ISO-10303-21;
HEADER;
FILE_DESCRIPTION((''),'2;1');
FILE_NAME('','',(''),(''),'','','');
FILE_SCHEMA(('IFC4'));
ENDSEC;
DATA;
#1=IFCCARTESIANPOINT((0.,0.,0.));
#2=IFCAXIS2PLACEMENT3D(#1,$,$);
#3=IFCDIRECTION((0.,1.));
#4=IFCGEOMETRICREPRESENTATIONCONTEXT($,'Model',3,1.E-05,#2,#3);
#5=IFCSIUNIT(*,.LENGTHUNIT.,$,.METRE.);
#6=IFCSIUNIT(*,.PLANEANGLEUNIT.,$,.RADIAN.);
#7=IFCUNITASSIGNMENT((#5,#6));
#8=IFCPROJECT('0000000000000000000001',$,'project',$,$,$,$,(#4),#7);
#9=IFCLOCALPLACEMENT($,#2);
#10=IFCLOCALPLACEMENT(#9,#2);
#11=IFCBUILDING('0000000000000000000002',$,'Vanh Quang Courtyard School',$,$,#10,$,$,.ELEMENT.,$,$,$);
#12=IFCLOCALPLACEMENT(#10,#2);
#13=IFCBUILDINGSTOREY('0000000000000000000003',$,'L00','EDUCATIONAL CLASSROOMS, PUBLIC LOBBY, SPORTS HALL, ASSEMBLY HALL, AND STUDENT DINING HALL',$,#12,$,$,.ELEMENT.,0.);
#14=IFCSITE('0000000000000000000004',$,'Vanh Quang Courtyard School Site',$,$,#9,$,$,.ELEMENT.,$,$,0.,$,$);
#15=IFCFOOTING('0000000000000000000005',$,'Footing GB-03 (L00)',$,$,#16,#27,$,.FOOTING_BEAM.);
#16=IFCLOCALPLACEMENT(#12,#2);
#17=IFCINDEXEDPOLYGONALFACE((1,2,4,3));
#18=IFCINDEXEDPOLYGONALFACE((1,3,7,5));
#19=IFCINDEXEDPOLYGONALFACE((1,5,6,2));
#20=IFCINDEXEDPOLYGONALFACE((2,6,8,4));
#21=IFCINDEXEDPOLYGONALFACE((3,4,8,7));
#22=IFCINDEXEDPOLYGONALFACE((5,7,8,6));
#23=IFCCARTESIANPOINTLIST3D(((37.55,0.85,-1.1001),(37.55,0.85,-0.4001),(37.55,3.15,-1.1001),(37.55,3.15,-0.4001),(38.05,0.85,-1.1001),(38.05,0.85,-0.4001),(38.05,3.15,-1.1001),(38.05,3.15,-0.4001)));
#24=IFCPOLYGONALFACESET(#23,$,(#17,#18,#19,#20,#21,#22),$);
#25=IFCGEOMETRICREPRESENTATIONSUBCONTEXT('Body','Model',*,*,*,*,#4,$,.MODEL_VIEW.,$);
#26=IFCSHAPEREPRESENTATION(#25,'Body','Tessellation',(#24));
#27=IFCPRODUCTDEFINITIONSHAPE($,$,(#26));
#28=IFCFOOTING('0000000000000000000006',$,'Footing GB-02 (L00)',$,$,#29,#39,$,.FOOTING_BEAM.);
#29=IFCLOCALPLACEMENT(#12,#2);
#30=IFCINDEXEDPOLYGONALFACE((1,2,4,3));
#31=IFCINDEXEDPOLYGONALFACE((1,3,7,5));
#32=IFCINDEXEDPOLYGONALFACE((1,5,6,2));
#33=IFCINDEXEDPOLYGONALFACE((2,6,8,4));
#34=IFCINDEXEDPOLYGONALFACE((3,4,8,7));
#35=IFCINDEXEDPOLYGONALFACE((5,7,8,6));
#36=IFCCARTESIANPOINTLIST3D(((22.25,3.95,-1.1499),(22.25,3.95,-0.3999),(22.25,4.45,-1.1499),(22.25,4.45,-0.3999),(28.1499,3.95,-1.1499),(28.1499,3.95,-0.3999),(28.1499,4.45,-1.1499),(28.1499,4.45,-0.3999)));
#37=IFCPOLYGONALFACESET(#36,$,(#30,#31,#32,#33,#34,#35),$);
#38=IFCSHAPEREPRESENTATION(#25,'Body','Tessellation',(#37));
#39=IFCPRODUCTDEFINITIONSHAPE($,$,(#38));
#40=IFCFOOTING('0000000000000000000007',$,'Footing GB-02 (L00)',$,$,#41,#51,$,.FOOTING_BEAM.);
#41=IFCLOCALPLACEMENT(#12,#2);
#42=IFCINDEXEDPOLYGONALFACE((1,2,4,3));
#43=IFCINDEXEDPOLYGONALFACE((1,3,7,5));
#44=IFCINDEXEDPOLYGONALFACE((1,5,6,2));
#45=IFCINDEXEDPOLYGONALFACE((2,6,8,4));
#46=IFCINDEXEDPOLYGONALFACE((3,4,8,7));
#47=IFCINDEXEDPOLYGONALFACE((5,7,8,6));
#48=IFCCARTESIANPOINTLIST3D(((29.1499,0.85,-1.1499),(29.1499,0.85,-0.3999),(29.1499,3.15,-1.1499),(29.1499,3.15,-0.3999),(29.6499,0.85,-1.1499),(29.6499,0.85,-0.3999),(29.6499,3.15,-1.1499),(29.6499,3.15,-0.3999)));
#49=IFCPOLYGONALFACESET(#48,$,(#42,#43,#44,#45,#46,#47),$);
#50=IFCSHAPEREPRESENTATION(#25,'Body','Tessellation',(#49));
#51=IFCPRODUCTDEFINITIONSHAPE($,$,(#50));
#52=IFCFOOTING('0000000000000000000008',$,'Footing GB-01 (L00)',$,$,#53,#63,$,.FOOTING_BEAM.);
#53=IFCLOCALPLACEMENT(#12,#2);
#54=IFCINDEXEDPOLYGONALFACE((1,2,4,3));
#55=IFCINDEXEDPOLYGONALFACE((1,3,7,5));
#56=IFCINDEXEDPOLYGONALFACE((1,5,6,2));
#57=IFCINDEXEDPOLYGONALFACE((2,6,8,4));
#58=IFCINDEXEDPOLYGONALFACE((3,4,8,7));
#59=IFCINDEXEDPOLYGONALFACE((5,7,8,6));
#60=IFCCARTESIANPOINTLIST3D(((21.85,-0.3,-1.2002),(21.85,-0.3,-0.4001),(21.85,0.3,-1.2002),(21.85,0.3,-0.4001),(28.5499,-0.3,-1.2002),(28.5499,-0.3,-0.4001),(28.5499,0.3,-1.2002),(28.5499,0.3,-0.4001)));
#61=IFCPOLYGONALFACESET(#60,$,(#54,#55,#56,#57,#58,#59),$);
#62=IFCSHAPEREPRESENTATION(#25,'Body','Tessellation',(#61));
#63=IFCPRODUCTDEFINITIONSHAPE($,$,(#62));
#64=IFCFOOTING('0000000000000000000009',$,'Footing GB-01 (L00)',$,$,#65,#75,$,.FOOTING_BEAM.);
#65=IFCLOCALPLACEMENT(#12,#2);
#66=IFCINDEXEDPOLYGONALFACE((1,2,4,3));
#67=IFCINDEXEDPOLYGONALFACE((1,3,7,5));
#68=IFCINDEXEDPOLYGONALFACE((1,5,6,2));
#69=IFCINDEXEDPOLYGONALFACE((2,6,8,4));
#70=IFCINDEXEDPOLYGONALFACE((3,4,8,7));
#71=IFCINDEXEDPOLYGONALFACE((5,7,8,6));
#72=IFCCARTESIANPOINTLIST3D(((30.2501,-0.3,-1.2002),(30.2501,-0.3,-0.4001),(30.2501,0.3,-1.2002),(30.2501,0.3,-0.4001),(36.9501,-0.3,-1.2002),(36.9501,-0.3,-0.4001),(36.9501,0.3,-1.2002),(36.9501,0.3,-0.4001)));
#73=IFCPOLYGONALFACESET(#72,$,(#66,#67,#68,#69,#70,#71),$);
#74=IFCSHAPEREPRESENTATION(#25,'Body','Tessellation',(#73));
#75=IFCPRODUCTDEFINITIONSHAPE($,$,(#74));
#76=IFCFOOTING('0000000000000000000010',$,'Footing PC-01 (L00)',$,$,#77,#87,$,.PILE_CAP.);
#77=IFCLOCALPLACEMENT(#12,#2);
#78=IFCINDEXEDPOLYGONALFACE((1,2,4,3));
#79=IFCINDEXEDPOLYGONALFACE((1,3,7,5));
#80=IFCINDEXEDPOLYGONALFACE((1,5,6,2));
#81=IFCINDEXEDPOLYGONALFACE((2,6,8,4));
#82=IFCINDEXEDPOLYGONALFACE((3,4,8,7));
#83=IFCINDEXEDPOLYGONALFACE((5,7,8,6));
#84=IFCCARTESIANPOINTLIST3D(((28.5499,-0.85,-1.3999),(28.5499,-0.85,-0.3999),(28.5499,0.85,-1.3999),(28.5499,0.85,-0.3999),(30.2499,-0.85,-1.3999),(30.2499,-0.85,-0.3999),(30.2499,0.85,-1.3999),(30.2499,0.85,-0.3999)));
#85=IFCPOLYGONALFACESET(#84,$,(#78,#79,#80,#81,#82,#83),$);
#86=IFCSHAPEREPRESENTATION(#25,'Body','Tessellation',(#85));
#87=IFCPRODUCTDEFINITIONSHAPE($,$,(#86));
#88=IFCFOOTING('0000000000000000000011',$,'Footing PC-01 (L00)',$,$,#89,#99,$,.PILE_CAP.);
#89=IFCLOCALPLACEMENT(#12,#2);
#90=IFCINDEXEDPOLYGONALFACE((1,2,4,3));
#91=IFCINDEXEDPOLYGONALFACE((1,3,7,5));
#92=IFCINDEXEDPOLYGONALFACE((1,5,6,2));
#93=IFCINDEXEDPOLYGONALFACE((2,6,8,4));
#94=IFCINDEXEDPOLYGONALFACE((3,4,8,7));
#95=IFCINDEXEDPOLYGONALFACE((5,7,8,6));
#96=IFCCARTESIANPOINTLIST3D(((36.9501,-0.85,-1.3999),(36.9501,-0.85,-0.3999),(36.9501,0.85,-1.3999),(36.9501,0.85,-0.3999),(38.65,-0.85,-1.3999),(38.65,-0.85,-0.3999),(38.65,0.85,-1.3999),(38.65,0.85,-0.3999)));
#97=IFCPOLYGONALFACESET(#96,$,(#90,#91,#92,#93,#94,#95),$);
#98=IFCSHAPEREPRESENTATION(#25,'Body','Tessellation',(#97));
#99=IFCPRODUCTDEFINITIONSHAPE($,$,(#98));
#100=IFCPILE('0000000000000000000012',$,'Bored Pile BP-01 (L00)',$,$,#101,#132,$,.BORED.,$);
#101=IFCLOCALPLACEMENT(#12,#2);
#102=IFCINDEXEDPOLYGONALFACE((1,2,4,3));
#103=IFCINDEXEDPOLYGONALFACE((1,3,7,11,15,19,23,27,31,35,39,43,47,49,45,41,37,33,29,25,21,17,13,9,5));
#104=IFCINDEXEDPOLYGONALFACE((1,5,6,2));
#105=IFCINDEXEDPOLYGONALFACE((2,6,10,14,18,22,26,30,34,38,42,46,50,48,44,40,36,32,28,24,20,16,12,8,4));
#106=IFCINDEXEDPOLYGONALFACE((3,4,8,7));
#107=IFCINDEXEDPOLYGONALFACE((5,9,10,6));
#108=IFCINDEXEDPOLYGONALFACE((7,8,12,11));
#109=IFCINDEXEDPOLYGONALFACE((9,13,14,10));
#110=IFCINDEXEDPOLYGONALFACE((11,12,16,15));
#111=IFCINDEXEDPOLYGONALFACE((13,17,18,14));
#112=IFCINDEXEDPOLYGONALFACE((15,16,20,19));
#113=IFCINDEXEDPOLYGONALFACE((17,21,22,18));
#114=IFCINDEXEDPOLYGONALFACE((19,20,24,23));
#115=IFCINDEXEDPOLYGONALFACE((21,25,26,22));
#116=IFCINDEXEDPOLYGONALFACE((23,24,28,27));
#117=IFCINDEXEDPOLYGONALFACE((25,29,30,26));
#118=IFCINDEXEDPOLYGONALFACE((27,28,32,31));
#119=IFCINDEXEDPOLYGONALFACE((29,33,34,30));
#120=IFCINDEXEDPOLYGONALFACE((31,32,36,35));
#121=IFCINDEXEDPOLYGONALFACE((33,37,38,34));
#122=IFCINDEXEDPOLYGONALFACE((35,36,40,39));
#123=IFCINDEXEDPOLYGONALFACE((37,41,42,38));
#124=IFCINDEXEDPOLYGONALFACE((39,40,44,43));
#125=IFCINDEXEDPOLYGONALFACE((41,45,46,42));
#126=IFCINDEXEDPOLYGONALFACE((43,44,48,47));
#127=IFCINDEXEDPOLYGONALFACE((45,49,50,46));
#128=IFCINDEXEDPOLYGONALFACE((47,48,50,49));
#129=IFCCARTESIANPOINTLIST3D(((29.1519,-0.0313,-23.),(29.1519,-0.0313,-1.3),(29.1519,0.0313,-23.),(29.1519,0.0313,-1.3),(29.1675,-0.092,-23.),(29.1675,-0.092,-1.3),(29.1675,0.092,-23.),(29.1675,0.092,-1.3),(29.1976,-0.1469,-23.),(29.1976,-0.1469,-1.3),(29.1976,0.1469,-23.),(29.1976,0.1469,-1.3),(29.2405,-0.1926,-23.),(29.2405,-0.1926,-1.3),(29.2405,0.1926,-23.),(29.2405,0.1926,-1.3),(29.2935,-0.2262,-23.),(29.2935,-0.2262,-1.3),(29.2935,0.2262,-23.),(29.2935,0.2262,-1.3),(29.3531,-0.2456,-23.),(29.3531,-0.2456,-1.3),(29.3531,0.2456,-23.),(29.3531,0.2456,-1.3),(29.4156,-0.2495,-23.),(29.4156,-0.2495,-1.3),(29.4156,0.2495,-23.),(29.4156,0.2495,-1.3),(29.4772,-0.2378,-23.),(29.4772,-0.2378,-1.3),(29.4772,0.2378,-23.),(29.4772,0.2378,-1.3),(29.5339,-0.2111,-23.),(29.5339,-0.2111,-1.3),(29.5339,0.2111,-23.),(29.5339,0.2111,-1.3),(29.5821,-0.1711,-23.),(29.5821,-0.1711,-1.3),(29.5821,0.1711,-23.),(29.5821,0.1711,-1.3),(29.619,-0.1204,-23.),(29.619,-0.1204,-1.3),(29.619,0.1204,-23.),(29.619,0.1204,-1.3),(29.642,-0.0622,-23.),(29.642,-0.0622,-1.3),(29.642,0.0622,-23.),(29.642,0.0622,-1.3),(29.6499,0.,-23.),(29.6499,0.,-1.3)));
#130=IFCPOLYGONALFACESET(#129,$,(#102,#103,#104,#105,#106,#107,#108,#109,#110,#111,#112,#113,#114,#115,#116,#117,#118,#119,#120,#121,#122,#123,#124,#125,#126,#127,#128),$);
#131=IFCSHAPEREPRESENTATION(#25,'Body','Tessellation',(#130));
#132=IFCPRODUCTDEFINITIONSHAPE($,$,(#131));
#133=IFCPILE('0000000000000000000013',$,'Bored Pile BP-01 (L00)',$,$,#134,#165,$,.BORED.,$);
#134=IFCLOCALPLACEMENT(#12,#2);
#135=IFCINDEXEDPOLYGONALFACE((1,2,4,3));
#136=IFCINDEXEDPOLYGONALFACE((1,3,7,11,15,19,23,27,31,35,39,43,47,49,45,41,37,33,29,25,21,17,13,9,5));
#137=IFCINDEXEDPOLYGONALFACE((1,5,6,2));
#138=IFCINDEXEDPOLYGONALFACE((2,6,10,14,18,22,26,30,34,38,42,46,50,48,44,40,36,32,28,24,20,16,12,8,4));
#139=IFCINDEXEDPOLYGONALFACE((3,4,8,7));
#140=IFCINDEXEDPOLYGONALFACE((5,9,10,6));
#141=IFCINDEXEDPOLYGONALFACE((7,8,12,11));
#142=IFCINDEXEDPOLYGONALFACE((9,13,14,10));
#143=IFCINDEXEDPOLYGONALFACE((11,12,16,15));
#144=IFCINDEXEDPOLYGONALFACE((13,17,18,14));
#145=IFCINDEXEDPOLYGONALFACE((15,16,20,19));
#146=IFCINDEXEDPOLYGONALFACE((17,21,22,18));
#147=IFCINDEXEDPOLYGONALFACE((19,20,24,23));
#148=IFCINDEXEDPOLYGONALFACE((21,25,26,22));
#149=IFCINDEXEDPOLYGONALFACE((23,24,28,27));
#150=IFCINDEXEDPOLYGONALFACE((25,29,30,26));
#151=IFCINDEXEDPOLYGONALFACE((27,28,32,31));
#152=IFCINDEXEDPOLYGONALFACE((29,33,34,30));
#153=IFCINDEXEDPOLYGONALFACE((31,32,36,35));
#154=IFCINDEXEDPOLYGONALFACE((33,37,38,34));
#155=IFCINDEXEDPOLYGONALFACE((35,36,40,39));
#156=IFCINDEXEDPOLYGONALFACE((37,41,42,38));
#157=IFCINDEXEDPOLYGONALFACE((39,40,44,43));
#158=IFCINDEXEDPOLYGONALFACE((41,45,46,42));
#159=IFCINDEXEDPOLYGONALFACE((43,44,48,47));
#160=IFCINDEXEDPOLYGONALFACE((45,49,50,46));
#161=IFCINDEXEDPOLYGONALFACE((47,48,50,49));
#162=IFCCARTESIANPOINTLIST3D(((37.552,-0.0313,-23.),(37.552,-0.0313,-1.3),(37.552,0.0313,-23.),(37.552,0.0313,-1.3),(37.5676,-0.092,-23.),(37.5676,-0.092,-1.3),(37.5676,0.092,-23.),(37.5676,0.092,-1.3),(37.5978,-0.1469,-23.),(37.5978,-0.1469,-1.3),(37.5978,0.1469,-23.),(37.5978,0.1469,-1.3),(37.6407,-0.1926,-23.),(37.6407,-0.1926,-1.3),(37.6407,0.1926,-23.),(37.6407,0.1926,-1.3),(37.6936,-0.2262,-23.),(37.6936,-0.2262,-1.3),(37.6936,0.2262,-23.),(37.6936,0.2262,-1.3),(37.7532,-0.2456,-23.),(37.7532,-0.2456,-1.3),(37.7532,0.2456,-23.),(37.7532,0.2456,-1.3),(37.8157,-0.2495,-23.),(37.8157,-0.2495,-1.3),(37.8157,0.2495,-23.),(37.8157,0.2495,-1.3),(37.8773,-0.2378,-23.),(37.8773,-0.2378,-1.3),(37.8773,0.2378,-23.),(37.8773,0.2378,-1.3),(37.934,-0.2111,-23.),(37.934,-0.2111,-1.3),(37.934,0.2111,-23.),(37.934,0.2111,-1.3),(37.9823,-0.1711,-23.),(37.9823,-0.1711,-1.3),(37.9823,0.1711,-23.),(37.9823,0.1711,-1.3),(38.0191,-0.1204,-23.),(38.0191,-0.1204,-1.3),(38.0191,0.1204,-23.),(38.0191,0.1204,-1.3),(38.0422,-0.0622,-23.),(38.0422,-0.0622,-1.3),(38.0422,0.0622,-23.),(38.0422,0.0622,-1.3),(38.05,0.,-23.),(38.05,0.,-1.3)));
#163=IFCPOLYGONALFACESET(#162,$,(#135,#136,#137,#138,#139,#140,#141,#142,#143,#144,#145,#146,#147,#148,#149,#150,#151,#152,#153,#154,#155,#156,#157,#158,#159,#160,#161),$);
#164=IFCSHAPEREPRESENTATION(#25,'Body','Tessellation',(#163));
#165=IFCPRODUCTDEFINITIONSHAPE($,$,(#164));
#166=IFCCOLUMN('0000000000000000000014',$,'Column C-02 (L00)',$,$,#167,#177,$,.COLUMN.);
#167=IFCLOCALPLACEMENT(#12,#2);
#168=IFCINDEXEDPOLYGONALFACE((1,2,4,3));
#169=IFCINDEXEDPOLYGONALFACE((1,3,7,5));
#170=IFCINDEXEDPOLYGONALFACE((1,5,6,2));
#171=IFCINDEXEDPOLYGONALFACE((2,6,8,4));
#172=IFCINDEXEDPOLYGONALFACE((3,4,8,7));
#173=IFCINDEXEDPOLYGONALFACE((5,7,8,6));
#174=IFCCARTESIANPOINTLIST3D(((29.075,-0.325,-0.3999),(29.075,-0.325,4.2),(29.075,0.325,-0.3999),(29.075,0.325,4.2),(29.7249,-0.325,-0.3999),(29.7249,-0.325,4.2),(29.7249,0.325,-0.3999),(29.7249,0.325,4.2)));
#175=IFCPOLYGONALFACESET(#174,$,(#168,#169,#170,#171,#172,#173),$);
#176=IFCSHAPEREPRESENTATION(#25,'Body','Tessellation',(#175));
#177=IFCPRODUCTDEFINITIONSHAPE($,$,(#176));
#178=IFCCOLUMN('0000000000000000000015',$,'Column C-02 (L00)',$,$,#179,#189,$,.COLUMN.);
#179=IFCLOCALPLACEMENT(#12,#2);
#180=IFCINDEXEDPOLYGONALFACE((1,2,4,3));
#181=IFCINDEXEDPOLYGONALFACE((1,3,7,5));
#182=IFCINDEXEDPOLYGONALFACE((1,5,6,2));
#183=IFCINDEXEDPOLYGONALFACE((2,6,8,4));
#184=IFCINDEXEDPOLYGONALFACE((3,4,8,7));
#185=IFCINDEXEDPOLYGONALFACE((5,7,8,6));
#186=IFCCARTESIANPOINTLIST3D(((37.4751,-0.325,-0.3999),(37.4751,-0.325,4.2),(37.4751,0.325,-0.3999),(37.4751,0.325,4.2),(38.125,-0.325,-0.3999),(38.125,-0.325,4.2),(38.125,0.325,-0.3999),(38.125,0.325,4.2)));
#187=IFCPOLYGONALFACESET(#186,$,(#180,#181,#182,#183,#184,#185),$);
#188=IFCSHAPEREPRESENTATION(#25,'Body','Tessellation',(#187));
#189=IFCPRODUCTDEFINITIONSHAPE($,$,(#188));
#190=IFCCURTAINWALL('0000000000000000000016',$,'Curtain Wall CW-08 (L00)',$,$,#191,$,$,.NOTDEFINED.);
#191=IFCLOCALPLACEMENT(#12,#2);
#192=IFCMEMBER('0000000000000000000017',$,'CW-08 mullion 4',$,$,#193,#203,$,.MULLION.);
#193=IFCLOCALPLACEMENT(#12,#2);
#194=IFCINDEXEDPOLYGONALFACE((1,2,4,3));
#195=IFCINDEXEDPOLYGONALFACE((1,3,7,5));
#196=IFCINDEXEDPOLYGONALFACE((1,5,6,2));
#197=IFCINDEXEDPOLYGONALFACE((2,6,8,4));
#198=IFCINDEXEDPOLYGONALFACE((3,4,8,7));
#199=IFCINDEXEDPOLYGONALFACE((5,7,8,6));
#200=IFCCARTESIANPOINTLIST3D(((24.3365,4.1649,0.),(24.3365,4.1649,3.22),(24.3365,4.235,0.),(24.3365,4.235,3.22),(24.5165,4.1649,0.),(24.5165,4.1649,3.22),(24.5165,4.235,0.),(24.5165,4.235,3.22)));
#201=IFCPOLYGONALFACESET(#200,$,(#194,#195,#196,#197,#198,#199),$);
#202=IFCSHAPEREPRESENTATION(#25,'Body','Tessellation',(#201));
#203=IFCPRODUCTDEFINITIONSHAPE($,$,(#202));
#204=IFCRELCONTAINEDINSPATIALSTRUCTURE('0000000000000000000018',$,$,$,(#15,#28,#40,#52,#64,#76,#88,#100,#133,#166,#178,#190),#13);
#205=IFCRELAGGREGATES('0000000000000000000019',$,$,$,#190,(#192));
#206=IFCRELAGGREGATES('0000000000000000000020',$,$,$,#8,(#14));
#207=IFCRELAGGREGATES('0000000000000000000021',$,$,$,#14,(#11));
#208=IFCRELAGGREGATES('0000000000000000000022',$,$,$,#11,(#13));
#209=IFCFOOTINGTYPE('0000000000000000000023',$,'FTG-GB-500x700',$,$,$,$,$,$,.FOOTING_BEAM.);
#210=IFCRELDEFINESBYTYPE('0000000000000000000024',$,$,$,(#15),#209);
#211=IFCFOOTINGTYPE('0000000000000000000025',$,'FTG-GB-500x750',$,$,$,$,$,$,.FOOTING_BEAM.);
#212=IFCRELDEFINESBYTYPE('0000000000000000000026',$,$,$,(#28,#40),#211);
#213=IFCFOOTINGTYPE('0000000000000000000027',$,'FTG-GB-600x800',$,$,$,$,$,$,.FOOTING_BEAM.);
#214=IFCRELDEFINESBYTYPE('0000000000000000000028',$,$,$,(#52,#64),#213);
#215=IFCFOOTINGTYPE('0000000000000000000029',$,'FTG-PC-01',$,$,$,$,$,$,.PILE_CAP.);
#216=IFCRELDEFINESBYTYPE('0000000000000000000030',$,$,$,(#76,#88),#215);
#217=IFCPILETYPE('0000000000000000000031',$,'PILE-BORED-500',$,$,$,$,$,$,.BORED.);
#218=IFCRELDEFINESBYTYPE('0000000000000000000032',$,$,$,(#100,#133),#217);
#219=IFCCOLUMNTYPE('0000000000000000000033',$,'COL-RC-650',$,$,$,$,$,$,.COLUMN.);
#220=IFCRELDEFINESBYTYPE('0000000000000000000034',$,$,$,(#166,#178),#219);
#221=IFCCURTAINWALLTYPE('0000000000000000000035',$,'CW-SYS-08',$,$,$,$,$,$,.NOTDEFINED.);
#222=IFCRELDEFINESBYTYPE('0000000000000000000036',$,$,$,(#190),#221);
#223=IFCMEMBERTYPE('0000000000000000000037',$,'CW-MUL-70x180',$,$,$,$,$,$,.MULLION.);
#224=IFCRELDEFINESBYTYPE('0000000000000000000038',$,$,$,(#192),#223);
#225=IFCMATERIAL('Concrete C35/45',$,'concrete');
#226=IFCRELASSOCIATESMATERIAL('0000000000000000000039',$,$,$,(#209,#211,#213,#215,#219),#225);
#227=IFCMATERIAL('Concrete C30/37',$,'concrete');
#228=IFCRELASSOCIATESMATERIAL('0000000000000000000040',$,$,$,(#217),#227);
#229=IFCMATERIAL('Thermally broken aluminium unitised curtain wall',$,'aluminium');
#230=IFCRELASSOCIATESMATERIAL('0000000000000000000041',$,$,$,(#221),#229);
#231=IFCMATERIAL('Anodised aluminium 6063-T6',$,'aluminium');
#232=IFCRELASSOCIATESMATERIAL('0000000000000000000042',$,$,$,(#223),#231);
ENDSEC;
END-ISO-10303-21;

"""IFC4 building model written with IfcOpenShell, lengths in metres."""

from ifc_helpers import new_model, si_unit, direction, frame, origin, origin_2d, place, context, subcontext, project, spatial, rectangle, circle, extrude, material, material_profile, profile_set, type_object, element, aggregate, save


model = new_model("IFC4")

# Units and contexts
model_context = context("Model", 3, precision=1e-05, world=origin(), true_north=direction((0.0, 1.0)))
body_context = subcontext(model_context, "Body", "Model", "MODEL_VIEW")
ifc_project = project(units=[si_unit("LENGTHUNIT", "METRE"), si_unit("PLANEANGLEUNIT", "RADIAN")], contexts=[model_context])

# Site, building, storey
site_placement = place(None, origin())
site = spatial("IfcSite", under=ifc_project, at=site_placement, Name="Vanh Quang Courtyard School Site", CompositionType="ELEMENT", RefElevation=0.0)
building_placement = place(site_placement, origin())
building = spatial("IfcBuilding", under=site, at=building_placement, Name="Vanh Quang Courtyard School", CompositionType="ELEMENT")
storey_placement = place(building_placement, origin())
storey = spatial("IfcBuildingStorey", under=building, at=storey_placement, Name="L00", Description="EDUCATIONAL CLASSROOMS, PUBLIC LOBBY, SPORTS HALL, ASSEMBLY HALL, AND STUDENT DINING HALL", CompositionType="ELEMENT", Elevation=0.0)

# Footings
ifc_material_1 = material(Name="Concrete C35/45", Category="concrete")
footing_type_1 = type_object("IfcFootingType", Name="FTG-GB-500x700", PredefinedType="FOOTING_BEAM", material=ifc_material_1)
footing_1_placement = place(storey_placement, frame((37.8, 2.0, -1.1001), z_axis=(0.0, 0.0, 1.0), x_axis=(0.0, 1.0, 0.0)))
element("IfcFooting", 1, at=footing_1_placement, inside=storey, type_object=footing_type_1, Name="Footing GB-03 (L00)", PredefinedType="FOOTING_BEAM", context=body_context, shape_type="SweptSolid", body=[
    extrude(rectangle(XDim=2.3, YDim=0.5, at=origin_2d()), origin(), (0.0, 0.0, 1.0), 0.7),
])
footing_type_2 = type_object("IfcFootingType", Name="FTG-GB-500x750", PredefinedType="FOOTING_BEAM", material=ifc_material_1)
footing_2_placement = place(storey_placement, frame((25.2, 4.2, -1.1499), z_axis=(0.0, 0.0, 1.0), x_axis=(1.0, 0.0, 0.0)))
element("IfcFooting", 2, at=footing_2_placement, inside=storey, type_object=footing_type_2, Name="Footing GB-02 (L00)", PredefinedType="FOOTING_BEAM", context=body_context, shape_type="SweptSolid", body=[
    extrude(rectangle(XDim=5.8999, YDim=0.5, at=origin_2d()), origin(), (0.0, 0.0, 1.0), 0.75),
])
footing_3_placement = place(storey_placement, frame((29.3999, 2.0, -1.1499), z_axis=(0.0, 0.0, 1.0), x_axis=(0.0, 1.0, 0.0)))
element("IfcFooting", 3, at=footing_3_placement, inside=storey, type_object=footing_type_2, Name="Footing GB-02 (L00)", PredefinedType="FOOTING_BEAM", context=body_context, shape_type="SweptSolid", body=[
    extrude(rectangle(XDim=2.3, YDim=0.5, at=origin_2d()), origin(), (0.0, 0.0, 1.0), 0.75),
])
footing_type_3 = type_object("IfcFootingType", Name="FTG-GB-600x800", PredefinedType="FOOTING_BEAM", material=ifc_material_1)
for number, where, z_axis, x_axis, name in (
    (4, (25.2, 0.0, -1.2002), (0.0, 0.0, 1.0), (1.0, 0.0, 0.0), "Footing GB-01 (L00)"),
    (5, (33.6001, 0.0, -1.2002), (0.0, 0.0, 1.0), (1.0, 0.0, 0.0), "Footing GB-01 (L00)"),
):
    element("IfcFooting", number, at=place(storey_placement, frame(where, z_axis=z_axis, x_axis=x_axis)), inside=storey, type_object=footing_type_3, Name=name, PredefinedType="FOOTING_BEAM", context=body_context, shape_type="SweptSolid", body=[
        extrude(rectangle(XDim=6.7, YDim=0.6001, at=origin_2d()), origin(), (0.0, 0.0, 1.0), 0.8),
    ])
footing_type_4 = type_object("IfcFootingType", Name="FTG-PC-01", PredefinedType="PILE_CAP", material=ifc_material_1)
for number, where, z_axis, x_axis, name in (
    (6, (29.3999, 0.0, -1.3999), (0.0, 0.0, 1.0), (1.0, 0.0, 0.0), "Footing PC-01 (L00)"),
    (7, (37.8, 0.0, -1.3999), (0.0, 0.0, 1.0), (1.0, 0.0, 0.0), "Footing PC-01 (L00)"),
):
    element("IfcFooting", number, at=place(storey_placement, frame(where, z_axis=z_axis, x_axis=x_axis)), inside=storey, type_object=footing_type_4, Name=name, PredefinedType="PILE_CAP", context=body_context, shape_type="SweptSolid", body=[
        extrude(rectangle(XDim=1.7, YDim=1.7, at=origin_2d()), origin(), (0.0, 0.0, 1.0), 1.0),
    ])

# Piles
ifc_material_2 = material(Name="Concrete C30/37", Category="concrete")
ifc_material_profile_1 = material_profile(ifc_material_2, circle(Radius=0.25, at=origin_2d()), Name="PILE D500")
ifc_profile_set_1 = profile_set([ifc_material_profile_1], Name="Concrete C30/37")
pile_type = type_object("IfcPileType", Name="PILE-BORED-500", PredefinedType="BORED", material=ifc_profile_set_1)
for number, where, z_axis, x_axis, name in (
    (8, (29.3999, 0.0, -1.3), (0.0, 0.0, -1.0), (1.0, 0.0, 0.0), "Bored Pile BP-01 (L00)"),
    (9, (37.8, 0.0, -1.3), (0.0, 0.0, -1.0), (1.0, 0.0, 0.0), "Bored Pile BP-01 (L00)"),
):
    element("IfcPile", number, at=place(storey_placement, frame(where, z_axis=z_axis, x_axis=x_axis)), inside=storey, type_object=pile_type, Name=name, PredefinedType="BORED", context=body_context, shape_type="SweptSolid", body=[
        extrude(circle(Radius=0.25, at=origin_2d()), origin(), (0.0, 0.0, 1.0), 21.7),
    ])

# Columns
ifc_material_profile_2 = material_profile(ifc_material_1, rectangle(XDim=0.6499, YDim=0.6499, at=origin_2d()), Name="RC-COL 650x650")
ifc_profile_set_2 = profile_set([ifc_material_profile_2], Name="Concrete C35/45")
column_type = type_object("IfcColumnType", Name="COL-RC-650", PredefinedType="COLUMN", material=ifc_profile_set_2)
for number, where, z_axis, x_axis, name in (
    (10, (29.3999, 0.0, -0.3999), (0.0, 0.0, 1.0), (1.0, 0.0, 0.0), "Column C-02 (L00)"),
    (11, (37.8, 0.0, -0.3999), (0.0, 0.0, 1.0), (1.0, 0.0, 0.0), "Column C-02 (L00)"),
):
    element("IfcColumn", number, at=place(storey_placement, frame(where, z_axis=z_axis, x_axis=x_axis)), inside=storey, type_object=column_type, Name=name, PredefinedType="COLUMN", context=body_context, shape_type="SweptSolid", body=[
        extrude(rectangle(XDim=0.6499, YDim=0.6499, at=origin_2d()), origin(), (0.0, 0.0, 1.0), 4.5999),
    ])

# Curtain wall, member
ifc_material_3 = material(Name="Thermally broken aluminium unitised curtain wall", Category="aluminium")
curtain_wall_type = type_object("IfcCurtainWallType", Name="CW-SYS-08", PredefinedType="NOTDEFINED", material=ifc_material_3)
curtain_wall_placement = place(storey_placement, origin())
curtain_wall = element("IfcCurtainWall", 12, at=curtain_wall_placement, inside=storey, type_object=curtain_wall_type, Name="Curtain Wall CW-08 (L00)", PredefinedType="NOTDEFINED")
ifc_material_4 = material(Name="Anodised aluminium 6063-T6", Category="aluminium")
ifc_material_profile_3 = material_profile(ifc_material_4, rectangle(XDim=0.0701, YDim=0.1799, at=origin_2d()), Name="ALU-MUL 70x180")
ifc_profile_set_3 = profile_set([ifc_material_profile_3], Name="Anodised aluminium 6063-T6")
member_type_1 = type_object("IfcMemberType", Name="CW-MUL-70x180", PredefinedType="MULLION", material=ifc_profile_set_3)
member_1_placement = place(storey_placement, frame((24.4265, 4.2, 0.0), z_axis=(0.0, 0.0, 1.0), x_axis=(0.0, -1.0, 0.0)))
member_1 = element("IfcMember", 13, at=member_1_placement, type_object=member_type_1, Name="CW-08 mullion 4", PredefinedType="MULLION", context=body_context, shape_type="SweptSolid", body=[
    extrude(rectangle(XDim=0.0701, YDim=0.1799, at=origin_2d()), origin(), (0.0, 0.0, 1.0), 3.22),
])
aggregate(curtain_wall, [member_1])

save(model, "model.ifc")
